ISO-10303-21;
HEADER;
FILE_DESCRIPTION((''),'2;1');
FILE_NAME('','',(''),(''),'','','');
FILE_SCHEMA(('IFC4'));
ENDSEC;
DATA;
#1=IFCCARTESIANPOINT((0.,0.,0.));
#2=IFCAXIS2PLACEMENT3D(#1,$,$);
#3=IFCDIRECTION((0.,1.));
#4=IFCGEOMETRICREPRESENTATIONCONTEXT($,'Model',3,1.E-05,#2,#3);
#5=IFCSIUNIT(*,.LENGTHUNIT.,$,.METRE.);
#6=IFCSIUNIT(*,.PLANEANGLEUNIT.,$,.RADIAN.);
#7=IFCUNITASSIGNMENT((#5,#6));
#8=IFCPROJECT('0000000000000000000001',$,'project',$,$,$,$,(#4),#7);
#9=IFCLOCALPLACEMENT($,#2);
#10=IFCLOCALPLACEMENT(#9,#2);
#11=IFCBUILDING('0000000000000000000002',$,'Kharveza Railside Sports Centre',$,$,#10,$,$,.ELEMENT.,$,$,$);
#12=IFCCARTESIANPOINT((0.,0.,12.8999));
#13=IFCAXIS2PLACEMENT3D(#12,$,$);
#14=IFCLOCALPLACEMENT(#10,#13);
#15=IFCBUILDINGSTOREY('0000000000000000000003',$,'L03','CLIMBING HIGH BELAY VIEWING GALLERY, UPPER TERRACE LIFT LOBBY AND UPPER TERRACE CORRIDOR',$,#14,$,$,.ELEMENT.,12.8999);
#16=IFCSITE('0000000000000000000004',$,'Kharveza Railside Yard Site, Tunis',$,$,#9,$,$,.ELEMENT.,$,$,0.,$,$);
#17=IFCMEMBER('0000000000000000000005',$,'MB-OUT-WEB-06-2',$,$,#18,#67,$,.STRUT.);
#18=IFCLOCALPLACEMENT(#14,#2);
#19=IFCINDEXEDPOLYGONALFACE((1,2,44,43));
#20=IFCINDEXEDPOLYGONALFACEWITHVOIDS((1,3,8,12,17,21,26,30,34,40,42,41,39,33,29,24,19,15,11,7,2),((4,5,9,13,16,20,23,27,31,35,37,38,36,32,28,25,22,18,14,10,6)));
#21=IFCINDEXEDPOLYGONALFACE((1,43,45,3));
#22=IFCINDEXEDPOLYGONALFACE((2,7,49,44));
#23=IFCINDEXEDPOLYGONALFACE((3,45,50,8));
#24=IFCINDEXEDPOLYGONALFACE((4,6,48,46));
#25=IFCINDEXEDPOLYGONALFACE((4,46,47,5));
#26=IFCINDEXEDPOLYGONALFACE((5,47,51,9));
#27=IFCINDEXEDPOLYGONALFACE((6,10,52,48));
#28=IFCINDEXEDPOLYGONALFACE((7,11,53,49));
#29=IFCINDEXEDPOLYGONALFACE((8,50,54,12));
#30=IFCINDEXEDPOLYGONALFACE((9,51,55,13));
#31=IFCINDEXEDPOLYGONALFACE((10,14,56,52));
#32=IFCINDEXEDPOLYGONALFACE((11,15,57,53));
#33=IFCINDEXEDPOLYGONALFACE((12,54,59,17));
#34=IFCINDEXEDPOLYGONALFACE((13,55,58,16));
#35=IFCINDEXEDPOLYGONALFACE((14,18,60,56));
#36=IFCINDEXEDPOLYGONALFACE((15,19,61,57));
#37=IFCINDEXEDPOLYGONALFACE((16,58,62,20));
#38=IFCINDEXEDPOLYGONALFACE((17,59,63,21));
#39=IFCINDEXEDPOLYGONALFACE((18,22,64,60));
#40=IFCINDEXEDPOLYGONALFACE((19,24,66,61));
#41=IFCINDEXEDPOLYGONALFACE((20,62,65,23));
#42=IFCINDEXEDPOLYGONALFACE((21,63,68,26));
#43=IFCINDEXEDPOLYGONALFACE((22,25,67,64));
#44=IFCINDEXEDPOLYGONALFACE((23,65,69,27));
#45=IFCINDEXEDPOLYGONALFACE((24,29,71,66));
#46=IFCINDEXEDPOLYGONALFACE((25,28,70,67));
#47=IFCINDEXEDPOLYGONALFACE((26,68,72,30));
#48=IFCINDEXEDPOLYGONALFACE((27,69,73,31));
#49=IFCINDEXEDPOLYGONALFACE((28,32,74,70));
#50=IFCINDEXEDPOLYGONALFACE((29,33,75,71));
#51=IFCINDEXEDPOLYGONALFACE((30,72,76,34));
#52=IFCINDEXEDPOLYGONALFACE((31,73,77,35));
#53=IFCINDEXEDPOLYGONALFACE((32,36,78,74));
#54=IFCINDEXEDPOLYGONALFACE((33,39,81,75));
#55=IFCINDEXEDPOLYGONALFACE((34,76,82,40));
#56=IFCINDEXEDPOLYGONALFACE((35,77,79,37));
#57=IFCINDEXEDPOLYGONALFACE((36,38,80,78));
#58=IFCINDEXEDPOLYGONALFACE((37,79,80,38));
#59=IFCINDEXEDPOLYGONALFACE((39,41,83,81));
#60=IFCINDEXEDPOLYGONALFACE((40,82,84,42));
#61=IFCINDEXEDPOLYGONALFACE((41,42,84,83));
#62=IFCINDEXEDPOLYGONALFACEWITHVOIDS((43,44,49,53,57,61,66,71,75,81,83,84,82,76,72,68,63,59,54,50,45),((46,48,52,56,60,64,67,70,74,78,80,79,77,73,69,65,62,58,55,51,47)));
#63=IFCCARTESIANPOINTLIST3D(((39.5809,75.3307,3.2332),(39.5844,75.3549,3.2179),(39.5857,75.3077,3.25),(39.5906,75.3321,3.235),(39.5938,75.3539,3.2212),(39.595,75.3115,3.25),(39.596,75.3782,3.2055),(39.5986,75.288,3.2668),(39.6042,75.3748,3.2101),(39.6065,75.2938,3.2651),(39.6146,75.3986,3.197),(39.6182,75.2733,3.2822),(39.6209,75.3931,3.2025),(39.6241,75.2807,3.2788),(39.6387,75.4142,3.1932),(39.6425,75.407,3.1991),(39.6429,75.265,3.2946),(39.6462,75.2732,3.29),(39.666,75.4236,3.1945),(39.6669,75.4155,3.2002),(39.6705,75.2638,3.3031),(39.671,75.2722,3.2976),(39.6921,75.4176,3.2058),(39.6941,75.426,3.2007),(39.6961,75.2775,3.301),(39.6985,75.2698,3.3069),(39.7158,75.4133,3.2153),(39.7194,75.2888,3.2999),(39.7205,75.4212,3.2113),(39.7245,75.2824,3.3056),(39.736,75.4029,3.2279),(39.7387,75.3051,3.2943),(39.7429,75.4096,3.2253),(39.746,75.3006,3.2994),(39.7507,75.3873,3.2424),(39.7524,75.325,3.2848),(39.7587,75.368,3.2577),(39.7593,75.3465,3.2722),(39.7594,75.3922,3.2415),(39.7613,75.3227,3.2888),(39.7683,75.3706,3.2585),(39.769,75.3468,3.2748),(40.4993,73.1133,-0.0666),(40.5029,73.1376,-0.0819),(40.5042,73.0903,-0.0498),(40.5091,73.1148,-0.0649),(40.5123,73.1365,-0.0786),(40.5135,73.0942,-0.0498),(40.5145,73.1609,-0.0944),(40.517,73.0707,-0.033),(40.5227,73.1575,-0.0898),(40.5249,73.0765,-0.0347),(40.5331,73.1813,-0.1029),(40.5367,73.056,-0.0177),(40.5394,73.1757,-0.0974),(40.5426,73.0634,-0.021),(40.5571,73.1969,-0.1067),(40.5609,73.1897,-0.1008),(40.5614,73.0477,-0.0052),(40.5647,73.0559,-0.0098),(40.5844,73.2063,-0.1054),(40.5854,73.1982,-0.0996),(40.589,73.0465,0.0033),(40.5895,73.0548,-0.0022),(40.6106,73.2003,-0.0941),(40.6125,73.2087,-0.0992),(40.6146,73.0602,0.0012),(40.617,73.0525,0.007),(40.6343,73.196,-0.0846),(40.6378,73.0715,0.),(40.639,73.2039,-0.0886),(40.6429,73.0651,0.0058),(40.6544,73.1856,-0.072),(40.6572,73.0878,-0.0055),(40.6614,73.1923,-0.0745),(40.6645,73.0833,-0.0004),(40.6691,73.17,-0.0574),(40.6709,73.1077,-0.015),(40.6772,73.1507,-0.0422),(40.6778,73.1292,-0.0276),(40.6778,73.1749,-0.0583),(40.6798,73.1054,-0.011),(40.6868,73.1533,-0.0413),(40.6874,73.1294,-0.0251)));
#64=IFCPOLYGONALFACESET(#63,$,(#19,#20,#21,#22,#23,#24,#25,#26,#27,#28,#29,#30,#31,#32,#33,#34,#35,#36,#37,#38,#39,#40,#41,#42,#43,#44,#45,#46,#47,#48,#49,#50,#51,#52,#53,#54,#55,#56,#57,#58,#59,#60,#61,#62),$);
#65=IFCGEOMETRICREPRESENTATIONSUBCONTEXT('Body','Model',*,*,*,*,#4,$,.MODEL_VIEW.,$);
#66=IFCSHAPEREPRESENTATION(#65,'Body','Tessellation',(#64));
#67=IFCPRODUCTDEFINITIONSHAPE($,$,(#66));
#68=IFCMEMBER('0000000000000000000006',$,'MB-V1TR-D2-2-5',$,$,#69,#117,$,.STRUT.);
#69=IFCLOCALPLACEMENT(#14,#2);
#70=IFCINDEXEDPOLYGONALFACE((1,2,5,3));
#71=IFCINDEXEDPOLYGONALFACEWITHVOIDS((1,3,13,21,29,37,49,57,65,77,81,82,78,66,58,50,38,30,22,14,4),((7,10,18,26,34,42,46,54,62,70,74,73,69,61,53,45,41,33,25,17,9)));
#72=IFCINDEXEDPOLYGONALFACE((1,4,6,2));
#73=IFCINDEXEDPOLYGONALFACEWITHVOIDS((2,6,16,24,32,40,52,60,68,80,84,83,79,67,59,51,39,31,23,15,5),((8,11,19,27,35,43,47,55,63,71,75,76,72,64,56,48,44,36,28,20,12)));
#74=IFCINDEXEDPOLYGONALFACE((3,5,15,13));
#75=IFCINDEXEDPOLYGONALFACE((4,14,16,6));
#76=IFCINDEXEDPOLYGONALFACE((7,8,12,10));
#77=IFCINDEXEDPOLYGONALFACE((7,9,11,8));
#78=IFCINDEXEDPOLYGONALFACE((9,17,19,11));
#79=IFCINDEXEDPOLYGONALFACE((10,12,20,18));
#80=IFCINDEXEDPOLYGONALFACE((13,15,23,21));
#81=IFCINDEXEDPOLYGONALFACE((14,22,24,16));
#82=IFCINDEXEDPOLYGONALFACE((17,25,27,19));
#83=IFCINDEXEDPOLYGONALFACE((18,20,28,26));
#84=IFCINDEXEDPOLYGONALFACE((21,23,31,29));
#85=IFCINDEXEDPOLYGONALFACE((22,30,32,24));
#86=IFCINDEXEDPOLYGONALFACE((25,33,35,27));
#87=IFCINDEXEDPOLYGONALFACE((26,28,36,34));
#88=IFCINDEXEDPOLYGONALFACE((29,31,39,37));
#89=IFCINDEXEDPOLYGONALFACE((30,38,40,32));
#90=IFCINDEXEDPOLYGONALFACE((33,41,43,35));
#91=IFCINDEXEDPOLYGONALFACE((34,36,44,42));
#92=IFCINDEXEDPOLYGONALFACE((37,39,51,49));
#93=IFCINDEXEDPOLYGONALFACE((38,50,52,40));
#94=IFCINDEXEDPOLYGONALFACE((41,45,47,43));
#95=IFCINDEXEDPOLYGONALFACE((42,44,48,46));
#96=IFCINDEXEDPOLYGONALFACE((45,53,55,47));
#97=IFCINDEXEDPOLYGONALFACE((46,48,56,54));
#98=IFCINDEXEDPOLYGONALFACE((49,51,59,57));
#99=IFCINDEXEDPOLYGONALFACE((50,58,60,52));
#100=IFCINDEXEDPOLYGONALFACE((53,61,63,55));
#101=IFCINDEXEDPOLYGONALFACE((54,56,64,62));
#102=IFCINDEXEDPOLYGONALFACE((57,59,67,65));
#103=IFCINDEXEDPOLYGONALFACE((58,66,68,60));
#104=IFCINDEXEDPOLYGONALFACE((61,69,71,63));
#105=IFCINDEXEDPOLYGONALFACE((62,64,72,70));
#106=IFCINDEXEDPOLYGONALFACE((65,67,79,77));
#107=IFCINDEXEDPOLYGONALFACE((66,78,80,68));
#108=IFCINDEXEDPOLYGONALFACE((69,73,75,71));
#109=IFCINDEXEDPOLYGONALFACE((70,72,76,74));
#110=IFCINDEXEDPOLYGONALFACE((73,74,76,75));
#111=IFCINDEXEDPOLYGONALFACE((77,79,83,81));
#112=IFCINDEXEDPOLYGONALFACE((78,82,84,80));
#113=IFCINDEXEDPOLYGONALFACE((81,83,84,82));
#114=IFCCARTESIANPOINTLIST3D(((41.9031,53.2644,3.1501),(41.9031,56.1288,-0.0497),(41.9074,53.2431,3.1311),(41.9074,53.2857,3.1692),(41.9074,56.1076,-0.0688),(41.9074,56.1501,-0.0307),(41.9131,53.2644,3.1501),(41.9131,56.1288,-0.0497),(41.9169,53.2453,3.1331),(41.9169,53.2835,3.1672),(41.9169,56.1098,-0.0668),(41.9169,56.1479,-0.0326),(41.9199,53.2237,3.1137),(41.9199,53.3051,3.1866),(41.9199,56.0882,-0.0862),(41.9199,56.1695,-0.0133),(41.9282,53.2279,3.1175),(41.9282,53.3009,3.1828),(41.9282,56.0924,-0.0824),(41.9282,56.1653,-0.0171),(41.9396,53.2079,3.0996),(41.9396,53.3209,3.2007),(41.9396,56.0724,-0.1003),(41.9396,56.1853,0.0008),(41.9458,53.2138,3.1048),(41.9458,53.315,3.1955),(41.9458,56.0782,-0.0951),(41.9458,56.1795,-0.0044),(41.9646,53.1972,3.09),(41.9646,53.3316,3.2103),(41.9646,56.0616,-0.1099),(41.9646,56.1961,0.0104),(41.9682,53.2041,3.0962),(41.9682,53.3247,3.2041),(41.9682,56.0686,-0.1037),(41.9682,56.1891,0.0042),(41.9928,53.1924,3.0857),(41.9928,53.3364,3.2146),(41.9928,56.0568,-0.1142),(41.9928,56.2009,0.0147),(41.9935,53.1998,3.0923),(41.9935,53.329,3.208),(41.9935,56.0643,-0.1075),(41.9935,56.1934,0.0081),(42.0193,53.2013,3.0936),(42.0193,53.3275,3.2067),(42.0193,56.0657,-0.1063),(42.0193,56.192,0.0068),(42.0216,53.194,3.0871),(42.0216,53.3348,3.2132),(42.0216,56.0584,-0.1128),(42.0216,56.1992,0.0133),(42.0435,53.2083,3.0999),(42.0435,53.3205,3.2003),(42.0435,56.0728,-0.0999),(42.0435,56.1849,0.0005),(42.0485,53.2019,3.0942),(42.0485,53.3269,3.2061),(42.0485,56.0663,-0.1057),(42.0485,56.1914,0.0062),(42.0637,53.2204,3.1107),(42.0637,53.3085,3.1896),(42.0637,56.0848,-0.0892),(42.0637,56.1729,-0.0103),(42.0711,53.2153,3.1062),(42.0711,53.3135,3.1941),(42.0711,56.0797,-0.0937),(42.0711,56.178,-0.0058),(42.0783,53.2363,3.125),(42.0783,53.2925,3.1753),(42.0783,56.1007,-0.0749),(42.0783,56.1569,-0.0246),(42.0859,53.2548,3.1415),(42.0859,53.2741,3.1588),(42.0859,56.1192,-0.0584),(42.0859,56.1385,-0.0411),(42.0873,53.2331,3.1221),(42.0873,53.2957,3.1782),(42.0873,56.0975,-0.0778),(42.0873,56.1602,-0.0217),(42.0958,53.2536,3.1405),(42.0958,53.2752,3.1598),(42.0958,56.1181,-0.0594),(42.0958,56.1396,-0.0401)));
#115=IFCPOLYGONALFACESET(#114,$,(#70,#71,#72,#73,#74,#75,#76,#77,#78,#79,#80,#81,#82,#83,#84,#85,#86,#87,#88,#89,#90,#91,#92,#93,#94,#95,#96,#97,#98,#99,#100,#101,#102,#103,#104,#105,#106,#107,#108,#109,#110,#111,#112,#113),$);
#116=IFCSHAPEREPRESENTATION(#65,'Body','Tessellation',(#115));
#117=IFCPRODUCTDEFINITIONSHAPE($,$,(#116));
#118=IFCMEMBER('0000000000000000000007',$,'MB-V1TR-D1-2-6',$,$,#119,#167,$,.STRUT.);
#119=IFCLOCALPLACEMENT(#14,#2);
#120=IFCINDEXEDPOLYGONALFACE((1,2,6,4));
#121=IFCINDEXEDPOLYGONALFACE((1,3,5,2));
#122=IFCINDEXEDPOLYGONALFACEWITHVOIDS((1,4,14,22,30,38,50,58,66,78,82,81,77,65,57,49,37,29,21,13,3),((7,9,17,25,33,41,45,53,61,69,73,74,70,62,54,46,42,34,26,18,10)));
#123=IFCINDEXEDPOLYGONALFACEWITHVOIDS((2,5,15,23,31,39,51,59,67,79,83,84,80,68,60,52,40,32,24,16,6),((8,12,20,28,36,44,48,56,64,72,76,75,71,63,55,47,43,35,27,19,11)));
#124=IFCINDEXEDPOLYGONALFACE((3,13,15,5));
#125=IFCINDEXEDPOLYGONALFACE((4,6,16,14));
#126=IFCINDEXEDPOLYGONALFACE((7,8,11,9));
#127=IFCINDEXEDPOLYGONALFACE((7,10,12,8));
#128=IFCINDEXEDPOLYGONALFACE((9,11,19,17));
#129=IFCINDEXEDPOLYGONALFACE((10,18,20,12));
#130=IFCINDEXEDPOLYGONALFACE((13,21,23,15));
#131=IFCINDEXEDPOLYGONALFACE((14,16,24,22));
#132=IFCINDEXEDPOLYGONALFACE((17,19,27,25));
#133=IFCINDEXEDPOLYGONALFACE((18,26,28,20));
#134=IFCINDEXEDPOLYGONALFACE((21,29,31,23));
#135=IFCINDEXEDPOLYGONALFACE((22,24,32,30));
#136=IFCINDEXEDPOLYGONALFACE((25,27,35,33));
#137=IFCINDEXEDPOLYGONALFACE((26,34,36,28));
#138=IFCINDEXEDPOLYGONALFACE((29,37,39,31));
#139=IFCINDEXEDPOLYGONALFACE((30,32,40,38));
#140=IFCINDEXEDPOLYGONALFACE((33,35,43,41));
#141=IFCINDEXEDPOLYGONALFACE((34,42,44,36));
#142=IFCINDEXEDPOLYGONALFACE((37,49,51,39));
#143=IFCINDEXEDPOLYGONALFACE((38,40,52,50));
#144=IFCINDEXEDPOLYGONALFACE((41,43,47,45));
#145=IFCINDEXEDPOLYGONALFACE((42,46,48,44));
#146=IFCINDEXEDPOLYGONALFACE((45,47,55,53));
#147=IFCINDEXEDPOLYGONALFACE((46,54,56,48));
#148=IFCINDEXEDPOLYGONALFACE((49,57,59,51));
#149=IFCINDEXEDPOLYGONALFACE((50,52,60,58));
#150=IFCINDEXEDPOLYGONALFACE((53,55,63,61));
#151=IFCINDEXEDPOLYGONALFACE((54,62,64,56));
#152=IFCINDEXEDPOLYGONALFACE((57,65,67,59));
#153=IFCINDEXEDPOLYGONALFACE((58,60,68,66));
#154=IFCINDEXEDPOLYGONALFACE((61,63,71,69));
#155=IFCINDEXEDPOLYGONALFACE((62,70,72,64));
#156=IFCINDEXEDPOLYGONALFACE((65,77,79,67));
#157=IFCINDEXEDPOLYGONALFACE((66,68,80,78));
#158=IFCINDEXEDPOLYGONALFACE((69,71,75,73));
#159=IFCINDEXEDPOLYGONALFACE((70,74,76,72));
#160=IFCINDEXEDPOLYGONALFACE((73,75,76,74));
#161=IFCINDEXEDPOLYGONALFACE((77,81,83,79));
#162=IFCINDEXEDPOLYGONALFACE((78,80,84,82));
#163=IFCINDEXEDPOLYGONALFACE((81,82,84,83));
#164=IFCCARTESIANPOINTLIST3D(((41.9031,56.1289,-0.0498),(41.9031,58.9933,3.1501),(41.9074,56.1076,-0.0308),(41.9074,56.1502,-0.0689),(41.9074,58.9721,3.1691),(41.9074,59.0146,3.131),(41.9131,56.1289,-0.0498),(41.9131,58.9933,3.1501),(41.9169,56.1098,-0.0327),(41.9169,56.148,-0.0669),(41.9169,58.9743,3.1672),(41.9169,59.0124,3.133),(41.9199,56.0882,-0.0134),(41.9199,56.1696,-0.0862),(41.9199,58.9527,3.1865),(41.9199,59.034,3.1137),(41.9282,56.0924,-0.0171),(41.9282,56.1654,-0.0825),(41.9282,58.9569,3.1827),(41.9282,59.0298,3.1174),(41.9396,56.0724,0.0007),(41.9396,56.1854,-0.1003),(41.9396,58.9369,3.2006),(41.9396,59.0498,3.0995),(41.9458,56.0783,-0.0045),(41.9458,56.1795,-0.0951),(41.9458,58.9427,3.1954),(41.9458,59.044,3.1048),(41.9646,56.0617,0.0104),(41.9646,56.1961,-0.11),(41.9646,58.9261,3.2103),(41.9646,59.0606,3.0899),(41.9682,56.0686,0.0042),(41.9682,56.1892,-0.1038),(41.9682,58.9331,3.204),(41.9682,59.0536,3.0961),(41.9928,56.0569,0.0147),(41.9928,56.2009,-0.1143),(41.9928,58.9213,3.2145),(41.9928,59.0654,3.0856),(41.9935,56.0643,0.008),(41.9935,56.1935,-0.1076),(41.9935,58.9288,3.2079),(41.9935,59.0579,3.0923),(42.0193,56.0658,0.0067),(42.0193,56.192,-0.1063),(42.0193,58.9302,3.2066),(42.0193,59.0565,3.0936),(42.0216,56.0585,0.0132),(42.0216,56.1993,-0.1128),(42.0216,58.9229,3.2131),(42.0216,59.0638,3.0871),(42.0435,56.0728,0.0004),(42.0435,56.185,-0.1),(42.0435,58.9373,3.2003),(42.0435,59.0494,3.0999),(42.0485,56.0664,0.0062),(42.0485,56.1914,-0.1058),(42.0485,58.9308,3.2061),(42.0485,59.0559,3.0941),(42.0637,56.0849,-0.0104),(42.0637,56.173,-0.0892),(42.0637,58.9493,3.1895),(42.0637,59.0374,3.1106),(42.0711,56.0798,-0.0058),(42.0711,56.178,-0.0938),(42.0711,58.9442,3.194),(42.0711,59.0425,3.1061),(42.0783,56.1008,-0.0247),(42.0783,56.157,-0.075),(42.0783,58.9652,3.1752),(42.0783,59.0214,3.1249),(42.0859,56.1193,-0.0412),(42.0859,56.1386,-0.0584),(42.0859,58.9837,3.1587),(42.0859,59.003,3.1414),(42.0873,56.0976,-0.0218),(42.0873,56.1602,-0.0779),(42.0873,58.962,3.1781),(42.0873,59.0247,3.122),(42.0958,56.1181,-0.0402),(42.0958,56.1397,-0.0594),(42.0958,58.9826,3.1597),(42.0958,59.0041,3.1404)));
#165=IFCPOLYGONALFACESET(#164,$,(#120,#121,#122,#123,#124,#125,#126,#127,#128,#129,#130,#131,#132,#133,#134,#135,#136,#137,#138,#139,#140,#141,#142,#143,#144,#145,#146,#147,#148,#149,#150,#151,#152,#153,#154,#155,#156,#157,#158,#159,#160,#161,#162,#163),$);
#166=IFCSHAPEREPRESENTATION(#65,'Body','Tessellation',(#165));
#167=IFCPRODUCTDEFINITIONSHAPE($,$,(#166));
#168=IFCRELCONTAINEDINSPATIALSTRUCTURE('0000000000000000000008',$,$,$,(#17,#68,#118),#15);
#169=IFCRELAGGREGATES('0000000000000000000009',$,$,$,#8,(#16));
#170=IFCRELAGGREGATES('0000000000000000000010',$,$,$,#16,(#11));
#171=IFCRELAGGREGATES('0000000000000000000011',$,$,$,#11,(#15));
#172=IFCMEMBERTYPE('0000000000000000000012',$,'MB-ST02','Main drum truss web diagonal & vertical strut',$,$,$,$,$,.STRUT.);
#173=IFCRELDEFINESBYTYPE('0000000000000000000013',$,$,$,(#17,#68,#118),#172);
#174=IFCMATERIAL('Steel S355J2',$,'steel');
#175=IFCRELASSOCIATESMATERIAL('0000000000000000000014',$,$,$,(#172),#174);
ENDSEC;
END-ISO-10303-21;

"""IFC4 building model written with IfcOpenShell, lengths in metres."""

from ifc_helpers import new_model, si_unit, direction, frame, origin, origin_2d, place, context, subcontext, project, spatial, hollow_circle, extrude, material, material_profile, profile_set, type_object, element, save


model = new_model("IFC4")

# Units and contexts
model_context = context("Model", 3, precision=1e-05, world=origin(), true_north=direction((0.0, 1.0)))
body_context = subcontext(model_context, "Body", "Model", "MODEL_VIEW")
ifc_project = project(units=[si_unit("LENGTHUNIT", "METRE"), si_unit("PLANEANGLEUNIT", "RADIAN")], contexts=[model_context])

# Site, building, storey
site_placement = place(None, origin())
site = spatial("IfcSite", under=ifc_project, at=site_placement, Name="Kharveza Railside Yard Site, Tunis", CompositionType="ELEMENT", RefElevation=0.0)
building_placement = place(site_placement, origin())
building = spatial("IfcBuilding", under=site, at=building_placement, Name="Kharveza Railside Sports Centre", CompositionType="ELEMENT")
storey_placement = place(building_placement, frame((0.0, 0.0, 12.8999)))
storey = spatial("IfcBuildingStorey", under=building, at=storey_placement, Name="L03", Description="CLIMBING HIGH BELAY VIEWING GALLERY, UPPER TERRACE LIFT LOBBY AND UPPER TERRACE CORRIDOR", CompositionType="ELEMENT", Elevation=12.8999)

# Members
ifc_material_1 = material(Name="Steel S355J2", Category="steel")
ifc_material_profile_1 = material_profile(ifc_material_1, hollow_circle(Radius=0.0969, WallThickness=0.01, at=origin_2d()), Name="CHS 193.7x10.0")
ifc_profile_set_1 = profile_set([ifc_material_profile_1], Name="Steel S355J2")
member_type_1 = type_object("IfcMemberType", Name="MB-ST02", Description="Main drum truss web diagonal & vertical strut", PredefinedType="STRUT", material=ifc_profile_set_1)
member_1_placement = place(storey_placement, frame((40.5938, 73.1274, -0.0498), z_axis=(-0.225097, 0.543416, 0.808722), x_axis=(-0.923875, -0.382693, 0.0)))
element("IfcMember", 1, at=member_1_placement, inside=storey, type_object=member_type_1, Name="MB-OUT-WEB-06-2", PredefinedType="STRUT", context=body_context, shape_type="SweptSolid", body=[
    extrude(hollow_circle(Radius=0.0969, WallThickness=0.01, at=origin_2d()), origin(), (0.0, 0.0, 1.0), 4.0803),
])
for number, where, z_axis, x_axis, name in (
    (2, (42.0, 53.2644, 3.1501), (0.0, 0.666974, -0.745081), (-1.0, 0.0, 0.0), "MB-V1TR-D2-2-5"),
    (3, (42.0, 56.1289, -0.0498), (0.0, 0.666974, 0.745081), (-1.0, 0.0, 0.0), "MB-V1TR-D1-2-6"),
):
    element("IfcMember", number, at=place(storey_placement, frame(where, z_axis=z_axis, x_axis=x_axis)), inside=storey, type_object=member_type_1, Name=name, PredefinedType="STRUT", context=body_context, shape_type="SweptSolid", body=[
        extrude(hollow_circle(Radius=0.0969, WallThickness=0.01, at=origin_2d()), origin(), (0.0, 0.0, 1.0), 4.2947),
    ])

save(model, "model.ifc")
